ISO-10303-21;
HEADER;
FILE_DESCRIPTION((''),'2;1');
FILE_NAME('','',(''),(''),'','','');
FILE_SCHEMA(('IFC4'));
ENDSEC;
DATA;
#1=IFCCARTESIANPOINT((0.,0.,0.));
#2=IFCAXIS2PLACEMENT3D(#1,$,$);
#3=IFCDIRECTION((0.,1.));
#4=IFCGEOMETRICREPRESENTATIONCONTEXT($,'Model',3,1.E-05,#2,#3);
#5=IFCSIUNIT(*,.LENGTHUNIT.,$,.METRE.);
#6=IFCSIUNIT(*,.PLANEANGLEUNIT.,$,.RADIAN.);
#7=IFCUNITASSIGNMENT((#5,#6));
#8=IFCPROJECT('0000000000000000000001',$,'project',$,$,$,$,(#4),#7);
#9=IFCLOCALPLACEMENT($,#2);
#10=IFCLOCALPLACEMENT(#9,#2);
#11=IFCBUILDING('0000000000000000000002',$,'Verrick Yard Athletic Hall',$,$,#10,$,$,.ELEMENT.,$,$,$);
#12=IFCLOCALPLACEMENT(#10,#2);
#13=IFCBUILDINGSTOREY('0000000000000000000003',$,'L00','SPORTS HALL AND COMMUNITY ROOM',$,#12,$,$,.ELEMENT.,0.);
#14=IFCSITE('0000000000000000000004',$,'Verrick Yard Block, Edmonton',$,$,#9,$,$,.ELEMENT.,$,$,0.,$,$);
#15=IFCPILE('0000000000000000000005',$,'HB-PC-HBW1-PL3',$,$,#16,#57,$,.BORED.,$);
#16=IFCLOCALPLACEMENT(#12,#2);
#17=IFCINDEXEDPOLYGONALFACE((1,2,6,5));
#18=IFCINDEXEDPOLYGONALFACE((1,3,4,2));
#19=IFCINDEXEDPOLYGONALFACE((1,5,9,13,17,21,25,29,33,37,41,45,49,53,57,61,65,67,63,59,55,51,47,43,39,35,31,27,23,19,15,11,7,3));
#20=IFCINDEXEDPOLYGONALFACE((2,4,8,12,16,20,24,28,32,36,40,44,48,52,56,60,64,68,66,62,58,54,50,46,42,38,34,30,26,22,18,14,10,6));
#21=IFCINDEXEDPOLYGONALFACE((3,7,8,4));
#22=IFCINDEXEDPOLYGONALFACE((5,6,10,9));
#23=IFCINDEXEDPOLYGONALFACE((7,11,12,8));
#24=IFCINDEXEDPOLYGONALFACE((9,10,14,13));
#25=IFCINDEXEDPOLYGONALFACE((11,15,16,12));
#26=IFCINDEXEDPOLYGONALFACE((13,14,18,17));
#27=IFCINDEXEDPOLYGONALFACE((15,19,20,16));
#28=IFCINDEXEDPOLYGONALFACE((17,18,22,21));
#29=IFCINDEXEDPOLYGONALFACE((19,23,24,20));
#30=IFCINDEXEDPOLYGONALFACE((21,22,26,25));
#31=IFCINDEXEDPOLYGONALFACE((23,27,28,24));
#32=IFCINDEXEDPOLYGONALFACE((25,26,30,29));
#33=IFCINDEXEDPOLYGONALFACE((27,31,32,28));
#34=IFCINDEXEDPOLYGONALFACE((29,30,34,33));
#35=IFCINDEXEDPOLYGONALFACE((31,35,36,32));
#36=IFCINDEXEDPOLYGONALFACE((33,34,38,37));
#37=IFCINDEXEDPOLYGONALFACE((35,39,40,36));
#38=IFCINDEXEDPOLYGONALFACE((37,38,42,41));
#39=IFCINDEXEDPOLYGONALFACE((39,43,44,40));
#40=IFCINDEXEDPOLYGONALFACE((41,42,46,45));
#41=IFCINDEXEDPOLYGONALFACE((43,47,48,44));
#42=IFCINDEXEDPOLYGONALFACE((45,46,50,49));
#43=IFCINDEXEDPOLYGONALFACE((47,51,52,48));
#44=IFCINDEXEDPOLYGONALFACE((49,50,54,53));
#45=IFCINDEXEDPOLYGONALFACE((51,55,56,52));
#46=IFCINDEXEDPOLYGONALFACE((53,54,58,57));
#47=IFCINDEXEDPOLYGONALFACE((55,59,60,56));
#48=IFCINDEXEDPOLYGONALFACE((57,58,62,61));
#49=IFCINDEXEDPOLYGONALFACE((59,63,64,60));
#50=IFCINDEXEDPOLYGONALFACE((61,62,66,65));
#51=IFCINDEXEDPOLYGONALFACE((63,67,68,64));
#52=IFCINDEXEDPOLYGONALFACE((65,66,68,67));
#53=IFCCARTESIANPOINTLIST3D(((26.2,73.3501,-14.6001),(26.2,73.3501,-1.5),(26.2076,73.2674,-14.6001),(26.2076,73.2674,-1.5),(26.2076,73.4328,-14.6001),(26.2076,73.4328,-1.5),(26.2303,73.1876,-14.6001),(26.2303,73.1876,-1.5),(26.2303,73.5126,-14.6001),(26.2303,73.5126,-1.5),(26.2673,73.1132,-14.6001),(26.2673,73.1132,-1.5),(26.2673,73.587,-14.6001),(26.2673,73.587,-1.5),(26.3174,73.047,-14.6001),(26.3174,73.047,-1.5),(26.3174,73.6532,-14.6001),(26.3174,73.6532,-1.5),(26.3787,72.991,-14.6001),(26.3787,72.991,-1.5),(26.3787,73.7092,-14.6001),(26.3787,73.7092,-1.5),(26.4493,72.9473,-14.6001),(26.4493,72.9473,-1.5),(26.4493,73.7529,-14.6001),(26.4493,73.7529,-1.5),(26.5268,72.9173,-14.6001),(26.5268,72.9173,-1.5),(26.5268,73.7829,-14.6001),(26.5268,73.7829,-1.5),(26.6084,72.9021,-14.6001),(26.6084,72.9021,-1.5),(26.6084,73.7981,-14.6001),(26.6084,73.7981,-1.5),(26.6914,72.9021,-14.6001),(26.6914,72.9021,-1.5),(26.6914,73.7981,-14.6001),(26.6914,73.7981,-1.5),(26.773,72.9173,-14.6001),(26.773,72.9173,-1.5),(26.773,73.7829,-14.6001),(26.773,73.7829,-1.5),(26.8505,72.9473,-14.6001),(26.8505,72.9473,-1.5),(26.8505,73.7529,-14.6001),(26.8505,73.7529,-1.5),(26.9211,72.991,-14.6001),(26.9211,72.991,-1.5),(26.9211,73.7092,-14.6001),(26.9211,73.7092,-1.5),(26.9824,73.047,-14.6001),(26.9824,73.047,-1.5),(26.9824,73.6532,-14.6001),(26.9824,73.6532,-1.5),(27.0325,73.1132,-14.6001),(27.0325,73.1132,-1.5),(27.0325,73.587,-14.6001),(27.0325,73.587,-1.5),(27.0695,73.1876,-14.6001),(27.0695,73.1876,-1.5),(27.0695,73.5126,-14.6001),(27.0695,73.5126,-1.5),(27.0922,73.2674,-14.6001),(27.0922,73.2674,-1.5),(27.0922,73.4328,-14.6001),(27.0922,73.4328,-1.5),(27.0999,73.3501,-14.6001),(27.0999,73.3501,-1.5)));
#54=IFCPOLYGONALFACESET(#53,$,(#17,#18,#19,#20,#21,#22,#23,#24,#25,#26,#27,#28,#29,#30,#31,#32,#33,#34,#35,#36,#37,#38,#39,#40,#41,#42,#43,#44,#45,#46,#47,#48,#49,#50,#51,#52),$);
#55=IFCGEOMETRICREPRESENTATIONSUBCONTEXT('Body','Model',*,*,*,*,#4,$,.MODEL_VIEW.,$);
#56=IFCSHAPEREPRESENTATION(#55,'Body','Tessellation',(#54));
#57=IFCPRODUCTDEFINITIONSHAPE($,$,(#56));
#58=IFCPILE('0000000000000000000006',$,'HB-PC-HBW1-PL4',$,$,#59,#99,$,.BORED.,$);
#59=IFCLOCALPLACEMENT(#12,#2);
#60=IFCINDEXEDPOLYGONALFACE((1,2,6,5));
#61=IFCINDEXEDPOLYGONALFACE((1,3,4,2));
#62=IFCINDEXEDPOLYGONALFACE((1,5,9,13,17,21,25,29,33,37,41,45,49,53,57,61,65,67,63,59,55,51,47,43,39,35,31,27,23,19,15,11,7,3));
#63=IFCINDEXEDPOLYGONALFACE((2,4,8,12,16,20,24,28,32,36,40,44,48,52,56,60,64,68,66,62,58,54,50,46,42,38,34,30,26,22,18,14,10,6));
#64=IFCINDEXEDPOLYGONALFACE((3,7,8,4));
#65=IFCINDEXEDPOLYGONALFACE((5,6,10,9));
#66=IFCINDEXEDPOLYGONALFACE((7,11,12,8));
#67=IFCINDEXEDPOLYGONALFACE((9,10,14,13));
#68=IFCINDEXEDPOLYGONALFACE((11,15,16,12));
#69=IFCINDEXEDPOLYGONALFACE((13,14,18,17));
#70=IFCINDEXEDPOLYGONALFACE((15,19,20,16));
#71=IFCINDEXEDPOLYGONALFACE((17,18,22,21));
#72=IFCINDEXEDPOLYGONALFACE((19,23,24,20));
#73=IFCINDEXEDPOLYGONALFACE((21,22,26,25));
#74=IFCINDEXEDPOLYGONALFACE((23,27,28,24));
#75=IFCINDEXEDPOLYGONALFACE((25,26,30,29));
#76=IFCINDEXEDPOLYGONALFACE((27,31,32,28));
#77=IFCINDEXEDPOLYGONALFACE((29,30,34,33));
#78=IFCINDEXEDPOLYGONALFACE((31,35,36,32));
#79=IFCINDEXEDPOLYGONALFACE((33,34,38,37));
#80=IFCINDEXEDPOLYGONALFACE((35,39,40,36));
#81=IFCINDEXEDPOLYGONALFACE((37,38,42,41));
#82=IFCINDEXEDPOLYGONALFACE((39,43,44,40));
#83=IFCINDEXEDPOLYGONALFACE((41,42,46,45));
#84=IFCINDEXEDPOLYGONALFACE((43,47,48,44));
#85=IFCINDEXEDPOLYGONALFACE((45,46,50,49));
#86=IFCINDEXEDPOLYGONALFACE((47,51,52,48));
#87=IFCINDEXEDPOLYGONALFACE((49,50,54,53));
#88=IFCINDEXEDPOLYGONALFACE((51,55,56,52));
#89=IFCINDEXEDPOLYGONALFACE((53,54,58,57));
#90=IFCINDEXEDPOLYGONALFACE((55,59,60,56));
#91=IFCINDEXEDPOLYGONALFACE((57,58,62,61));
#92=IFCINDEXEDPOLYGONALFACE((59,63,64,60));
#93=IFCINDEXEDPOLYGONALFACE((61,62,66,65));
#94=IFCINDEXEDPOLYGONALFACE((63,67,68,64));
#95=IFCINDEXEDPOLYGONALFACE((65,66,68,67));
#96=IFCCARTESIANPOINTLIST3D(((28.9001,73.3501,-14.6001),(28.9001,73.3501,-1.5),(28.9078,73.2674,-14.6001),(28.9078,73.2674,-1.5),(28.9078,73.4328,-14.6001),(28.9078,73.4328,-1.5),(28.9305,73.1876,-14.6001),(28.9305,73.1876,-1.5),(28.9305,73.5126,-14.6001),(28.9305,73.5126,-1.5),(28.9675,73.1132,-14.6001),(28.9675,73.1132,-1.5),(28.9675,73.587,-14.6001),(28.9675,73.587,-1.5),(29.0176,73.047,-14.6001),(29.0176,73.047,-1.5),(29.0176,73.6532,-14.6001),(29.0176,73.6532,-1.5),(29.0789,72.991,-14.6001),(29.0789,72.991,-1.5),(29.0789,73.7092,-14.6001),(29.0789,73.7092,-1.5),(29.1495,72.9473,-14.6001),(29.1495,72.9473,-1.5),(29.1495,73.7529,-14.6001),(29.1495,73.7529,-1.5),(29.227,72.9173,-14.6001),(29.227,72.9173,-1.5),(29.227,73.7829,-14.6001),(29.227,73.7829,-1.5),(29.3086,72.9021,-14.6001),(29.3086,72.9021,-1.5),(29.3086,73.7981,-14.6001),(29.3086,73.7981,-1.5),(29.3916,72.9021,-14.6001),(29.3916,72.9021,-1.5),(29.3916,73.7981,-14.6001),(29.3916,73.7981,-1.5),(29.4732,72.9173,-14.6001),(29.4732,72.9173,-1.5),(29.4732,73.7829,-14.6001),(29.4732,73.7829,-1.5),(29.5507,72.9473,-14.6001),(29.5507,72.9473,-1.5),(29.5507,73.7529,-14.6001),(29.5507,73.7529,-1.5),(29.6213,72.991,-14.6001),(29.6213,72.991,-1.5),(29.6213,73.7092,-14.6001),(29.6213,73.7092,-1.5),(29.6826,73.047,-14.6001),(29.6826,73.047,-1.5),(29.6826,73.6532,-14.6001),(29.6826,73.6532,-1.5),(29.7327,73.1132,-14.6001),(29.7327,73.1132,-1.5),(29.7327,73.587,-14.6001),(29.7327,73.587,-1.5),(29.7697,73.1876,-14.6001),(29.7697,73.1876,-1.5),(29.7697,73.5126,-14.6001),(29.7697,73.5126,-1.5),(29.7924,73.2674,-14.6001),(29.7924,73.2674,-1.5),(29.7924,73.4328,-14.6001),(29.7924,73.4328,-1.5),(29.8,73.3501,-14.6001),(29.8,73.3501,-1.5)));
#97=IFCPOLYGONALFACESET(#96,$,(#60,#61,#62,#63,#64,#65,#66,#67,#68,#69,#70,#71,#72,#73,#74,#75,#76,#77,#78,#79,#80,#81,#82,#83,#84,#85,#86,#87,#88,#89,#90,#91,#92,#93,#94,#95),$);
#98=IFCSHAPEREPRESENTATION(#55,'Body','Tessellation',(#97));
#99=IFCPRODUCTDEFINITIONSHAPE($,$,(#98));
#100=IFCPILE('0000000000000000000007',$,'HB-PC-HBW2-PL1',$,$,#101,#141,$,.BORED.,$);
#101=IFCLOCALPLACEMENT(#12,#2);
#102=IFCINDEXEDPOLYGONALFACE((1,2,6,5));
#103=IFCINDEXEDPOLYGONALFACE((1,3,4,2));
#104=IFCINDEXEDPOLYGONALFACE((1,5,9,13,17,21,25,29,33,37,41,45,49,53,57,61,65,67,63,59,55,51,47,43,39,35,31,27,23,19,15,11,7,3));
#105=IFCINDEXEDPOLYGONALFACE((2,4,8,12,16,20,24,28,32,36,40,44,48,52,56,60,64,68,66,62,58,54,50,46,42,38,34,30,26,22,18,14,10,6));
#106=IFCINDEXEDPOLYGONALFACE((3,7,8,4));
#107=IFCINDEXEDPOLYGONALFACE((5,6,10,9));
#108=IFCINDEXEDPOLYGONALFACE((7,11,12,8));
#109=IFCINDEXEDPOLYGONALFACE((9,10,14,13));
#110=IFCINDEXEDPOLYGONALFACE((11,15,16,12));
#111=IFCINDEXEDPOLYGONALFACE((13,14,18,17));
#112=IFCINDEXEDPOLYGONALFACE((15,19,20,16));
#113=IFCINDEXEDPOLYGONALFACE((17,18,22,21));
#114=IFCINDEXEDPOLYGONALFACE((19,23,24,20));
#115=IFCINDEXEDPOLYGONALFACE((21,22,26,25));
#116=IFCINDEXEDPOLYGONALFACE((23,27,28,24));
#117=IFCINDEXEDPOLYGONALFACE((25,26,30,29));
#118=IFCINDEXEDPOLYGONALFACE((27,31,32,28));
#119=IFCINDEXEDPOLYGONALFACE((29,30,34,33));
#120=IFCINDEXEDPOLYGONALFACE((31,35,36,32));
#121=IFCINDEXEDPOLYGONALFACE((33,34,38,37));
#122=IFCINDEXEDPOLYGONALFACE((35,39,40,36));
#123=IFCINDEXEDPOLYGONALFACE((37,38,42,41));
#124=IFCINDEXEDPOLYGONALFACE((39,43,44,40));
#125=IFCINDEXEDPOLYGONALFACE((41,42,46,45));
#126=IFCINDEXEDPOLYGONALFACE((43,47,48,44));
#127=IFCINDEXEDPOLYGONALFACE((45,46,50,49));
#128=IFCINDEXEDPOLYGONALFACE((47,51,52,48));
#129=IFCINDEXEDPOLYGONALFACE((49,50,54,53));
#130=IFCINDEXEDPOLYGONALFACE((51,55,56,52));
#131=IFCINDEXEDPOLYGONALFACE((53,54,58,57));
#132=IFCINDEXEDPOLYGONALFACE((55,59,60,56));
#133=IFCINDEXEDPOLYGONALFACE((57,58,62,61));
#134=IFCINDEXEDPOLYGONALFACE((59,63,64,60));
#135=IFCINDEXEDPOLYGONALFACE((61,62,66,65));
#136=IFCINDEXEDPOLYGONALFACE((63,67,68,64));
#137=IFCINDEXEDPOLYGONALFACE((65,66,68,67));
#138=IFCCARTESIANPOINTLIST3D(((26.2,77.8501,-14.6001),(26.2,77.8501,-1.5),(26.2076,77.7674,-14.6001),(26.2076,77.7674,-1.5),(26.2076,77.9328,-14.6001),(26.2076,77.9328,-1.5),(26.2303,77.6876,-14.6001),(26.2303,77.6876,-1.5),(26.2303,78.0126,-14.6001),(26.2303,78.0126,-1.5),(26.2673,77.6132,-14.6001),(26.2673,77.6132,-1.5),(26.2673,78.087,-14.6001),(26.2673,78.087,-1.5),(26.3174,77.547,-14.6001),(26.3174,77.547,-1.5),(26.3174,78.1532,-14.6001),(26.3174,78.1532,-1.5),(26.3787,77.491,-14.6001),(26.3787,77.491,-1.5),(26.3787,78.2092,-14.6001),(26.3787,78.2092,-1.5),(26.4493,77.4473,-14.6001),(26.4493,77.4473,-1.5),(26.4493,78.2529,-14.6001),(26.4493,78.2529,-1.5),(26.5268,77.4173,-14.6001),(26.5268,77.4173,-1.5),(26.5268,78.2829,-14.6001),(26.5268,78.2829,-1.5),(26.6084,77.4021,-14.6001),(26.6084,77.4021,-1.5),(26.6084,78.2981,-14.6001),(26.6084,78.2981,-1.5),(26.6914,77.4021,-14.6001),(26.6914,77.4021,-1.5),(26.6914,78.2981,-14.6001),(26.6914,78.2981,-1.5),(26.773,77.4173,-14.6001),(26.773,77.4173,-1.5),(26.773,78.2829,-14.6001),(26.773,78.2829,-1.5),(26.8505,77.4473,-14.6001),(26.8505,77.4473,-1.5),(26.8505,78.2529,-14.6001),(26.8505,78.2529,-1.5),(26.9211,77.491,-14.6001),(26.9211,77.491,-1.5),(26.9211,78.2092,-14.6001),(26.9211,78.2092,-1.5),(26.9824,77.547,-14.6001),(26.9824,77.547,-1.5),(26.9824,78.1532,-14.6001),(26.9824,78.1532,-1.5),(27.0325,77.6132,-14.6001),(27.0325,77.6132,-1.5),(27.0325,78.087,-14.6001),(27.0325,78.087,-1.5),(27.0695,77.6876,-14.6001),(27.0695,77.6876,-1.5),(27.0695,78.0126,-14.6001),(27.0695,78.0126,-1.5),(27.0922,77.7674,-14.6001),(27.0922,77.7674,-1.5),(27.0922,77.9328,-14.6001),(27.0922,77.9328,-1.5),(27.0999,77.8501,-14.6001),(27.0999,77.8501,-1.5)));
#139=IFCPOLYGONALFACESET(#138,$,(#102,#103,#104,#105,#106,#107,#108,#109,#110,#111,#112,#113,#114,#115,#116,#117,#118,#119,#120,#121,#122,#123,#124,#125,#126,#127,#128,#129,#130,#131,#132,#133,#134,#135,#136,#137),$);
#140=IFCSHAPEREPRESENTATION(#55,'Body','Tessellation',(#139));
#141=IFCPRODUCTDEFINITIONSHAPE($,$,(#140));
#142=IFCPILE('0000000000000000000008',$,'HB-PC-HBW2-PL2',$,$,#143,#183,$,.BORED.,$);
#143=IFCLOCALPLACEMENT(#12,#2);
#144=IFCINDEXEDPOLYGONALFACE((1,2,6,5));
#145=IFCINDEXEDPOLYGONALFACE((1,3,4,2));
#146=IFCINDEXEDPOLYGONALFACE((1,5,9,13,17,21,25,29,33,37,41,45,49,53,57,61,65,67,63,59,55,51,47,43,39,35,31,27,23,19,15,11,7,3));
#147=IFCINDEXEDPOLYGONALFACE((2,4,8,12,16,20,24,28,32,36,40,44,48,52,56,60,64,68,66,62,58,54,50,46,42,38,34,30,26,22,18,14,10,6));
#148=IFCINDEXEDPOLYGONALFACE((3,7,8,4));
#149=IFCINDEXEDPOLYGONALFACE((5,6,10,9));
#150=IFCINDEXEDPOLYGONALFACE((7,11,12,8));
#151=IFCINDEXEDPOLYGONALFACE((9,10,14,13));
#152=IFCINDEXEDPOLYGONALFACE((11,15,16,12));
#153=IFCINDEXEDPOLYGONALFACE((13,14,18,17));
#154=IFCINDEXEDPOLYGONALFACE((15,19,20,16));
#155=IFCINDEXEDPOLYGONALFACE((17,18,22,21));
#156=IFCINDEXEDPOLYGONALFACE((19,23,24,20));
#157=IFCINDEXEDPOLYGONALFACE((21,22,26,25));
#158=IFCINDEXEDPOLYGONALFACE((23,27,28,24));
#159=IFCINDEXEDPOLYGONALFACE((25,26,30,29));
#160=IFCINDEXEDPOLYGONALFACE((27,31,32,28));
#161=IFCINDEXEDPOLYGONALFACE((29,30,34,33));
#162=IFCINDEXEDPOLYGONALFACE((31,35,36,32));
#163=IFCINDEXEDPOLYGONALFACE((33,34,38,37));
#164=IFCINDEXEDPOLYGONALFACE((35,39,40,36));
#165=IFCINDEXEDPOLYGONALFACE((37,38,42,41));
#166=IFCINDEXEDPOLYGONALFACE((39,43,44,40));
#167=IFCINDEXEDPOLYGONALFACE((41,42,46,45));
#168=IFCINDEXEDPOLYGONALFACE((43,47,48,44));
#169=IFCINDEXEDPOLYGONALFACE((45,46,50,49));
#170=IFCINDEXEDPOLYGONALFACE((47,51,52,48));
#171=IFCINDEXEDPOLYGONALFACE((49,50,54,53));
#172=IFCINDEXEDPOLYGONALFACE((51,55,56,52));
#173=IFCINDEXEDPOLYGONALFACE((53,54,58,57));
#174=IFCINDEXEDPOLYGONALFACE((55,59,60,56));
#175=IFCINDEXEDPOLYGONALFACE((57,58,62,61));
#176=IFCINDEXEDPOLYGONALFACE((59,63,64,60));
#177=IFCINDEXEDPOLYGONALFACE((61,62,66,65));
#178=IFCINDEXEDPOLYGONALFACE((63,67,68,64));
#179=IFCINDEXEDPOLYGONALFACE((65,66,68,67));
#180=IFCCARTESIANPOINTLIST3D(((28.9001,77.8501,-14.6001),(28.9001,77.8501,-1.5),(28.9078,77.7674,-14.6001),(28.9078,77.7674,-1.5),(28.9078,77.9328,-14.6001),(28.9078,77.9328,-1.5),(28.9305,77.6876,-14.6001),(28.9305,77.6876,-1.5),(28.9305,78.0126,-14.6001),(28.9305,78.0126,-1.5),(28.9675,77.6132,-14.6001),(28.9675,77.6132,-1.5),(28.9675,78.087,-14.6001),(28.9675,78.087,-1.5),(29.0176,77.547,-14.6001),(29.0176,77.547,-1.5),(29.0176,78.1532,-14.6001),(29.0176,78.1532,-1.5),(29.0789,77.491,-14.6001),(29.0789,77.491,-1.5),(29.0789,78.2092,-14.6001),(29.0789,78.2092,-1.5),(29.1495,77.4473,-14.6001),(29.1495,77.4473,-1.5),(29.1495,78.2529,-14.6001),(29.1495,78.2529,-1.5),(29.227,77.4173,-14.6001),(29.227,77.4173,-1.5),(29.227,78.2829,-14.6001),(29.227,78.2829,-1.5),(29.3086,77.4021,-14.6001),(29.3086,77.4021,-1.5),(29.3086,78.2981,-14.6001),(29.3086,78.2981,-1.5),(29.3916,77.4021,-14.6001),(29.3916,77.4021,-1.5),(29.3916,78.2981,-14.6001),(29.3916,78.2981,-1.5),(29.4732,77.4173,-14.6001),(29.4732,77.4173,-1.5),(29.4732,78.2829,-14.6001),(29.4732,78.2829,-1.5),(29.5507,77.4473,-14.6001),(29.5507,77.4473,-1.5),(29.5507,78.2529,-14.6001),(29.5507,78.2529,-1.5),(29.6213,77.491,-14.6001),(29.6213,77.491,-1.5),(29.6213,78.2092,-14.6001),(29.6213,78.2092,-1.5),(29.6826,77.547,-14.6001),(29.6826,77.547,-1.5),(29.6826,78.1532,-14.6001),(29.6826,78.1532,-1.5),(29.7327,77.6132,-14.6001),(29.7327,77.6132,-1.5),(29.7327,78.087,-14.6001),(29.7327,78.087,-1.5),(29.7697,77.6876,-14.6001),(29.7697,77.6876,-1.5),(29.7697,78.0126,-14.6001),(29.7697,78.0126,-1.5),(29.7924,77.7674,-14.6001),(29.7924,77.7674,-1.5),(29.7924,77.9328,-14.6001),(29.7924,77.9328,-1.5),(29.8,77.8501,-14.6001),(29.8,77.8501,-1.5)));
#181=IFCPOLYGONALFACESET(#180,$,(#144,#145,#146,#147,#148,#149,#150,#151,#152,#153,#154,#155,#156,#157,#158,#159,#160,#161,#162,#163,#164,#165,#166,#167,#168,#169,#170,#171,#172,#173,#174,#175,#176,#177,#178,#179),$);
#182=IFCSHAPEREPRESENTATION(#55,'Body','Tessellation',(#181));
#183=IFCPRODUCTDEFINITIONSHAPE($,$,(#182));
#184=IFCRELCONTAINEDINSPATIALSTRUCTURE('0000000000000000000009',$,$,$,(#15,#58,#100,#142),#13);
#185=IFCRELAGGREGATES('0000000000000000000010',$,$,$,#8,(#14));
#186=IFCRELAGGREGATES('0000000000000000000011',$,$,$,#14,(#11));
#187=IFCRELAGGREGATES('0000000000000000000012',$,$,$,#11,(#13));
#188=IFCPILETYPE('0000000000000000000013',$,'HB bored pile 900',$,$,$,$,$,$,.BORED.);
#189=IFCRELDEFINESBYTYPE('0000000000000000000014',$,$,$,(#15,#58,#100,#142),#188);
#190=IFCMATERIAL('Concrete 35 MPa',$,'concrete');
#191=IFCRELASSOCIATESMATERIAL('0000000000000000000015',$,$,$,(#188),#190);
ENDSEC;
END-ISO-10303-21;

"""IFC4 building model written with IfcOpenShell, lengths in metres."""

from ifc_helpers import new_model, si_unit, direction, frame, origin, origin_2d, place, context, subcontext, project, spatial, circle, extrude, material, material_profile, profile_set, type_object, element, save


model = new_model("IFC4")

# Units and contexts
model_context = context("Model", 3, precision=1e-05, world=origin(), true_north=direction((0.0, 1.0)))
body_context = subcontext(model_context, "Body", "Model", "MODEL_VIEW")
ifc_project = project(units=[si_unit("LENGTHUNIT", "METRE"), si_unit("PLANEANGLEUNIT", "RADIAN")], contexts=[model_context])

# Site, building, storey
site_placement = place(None, origin())
site = spatial("IfcSite", under=ifc_project, at=site_placement, Name="Verrick Yard Block, Edmonton", CompositionType="ELEMENT", RefElevation=0.0)
building_placement = place(site_placement, origin())
building = spatial("IfcBuilding", under=site, at=building_placement, Name="Verrick Yard Athletic Hall", CompositionType="ELEMENT")
storey_placement = place(building_placement, origin())
storey = spatial("IfcBuildingStorey", under=building, at=storey_placement, Name="L00", Description="SPORTS HALL AND COMMUNITY ROOM", CompositionType="ELEMENT", Elevation=0.0)

# Piles
ifc_material_1 = material(Name="Concrete 35 MPa", Category="concrete")
ifc_material_profile_1 = material_profile(ifc_material_1, circle(Radius=0.45, at=origin_2d()), Name="Bored pile 900")
ifc_profile_set_1 = profile_set([ifc_material_profile_1], Name="Concrete 35 MPa")
pile_type = type_object("IfcPileType", Name="HB bored pile 900", PredefinedType="BORED", material=ifc_profile_set_1)
for number, where, z_axis, x_axis, name in (
    (1, (26.6499, 73.3501, -1.5), (0.0, 0.0, -1.0), (1.0, 0.0, 0.0), "HB-PC-HBW1-PL3"),
    (2, (29.3501, 73.3501, -1.5), (0.0, 0.0, -1.0), (1.0, 0.0, 0.0), "HB-PC-HBW1-PL4"),
    (3, (26.6499, 77.8501, -1.5), (0.0, 0.0, -1.0), (1.0, 0.0, 0.0), "HB-PC-HBW2-PL1"),
    (4, (29.3501, 77.8501, -1.5), (0.0, 0.0, -1.0), (1.0, 0.0, 0.0), "HB-PC-HBW2-PL2"),
):
    element("IfcPile", number, at=place(storey_placement, frame(where, z_axis=z_axis, x_axis=x_axis)), inside=storey, type_object=pile_type, Name=name, PredefinedType="BORED", context=body_context, shape_type="SweptSolid", body=[
        extrude(circle(Radius=0.45, at=origin_2d()), origin(), (0.0, 0.0, 1.0), 13.1001),
    ])

save(model, "model.ifc")
